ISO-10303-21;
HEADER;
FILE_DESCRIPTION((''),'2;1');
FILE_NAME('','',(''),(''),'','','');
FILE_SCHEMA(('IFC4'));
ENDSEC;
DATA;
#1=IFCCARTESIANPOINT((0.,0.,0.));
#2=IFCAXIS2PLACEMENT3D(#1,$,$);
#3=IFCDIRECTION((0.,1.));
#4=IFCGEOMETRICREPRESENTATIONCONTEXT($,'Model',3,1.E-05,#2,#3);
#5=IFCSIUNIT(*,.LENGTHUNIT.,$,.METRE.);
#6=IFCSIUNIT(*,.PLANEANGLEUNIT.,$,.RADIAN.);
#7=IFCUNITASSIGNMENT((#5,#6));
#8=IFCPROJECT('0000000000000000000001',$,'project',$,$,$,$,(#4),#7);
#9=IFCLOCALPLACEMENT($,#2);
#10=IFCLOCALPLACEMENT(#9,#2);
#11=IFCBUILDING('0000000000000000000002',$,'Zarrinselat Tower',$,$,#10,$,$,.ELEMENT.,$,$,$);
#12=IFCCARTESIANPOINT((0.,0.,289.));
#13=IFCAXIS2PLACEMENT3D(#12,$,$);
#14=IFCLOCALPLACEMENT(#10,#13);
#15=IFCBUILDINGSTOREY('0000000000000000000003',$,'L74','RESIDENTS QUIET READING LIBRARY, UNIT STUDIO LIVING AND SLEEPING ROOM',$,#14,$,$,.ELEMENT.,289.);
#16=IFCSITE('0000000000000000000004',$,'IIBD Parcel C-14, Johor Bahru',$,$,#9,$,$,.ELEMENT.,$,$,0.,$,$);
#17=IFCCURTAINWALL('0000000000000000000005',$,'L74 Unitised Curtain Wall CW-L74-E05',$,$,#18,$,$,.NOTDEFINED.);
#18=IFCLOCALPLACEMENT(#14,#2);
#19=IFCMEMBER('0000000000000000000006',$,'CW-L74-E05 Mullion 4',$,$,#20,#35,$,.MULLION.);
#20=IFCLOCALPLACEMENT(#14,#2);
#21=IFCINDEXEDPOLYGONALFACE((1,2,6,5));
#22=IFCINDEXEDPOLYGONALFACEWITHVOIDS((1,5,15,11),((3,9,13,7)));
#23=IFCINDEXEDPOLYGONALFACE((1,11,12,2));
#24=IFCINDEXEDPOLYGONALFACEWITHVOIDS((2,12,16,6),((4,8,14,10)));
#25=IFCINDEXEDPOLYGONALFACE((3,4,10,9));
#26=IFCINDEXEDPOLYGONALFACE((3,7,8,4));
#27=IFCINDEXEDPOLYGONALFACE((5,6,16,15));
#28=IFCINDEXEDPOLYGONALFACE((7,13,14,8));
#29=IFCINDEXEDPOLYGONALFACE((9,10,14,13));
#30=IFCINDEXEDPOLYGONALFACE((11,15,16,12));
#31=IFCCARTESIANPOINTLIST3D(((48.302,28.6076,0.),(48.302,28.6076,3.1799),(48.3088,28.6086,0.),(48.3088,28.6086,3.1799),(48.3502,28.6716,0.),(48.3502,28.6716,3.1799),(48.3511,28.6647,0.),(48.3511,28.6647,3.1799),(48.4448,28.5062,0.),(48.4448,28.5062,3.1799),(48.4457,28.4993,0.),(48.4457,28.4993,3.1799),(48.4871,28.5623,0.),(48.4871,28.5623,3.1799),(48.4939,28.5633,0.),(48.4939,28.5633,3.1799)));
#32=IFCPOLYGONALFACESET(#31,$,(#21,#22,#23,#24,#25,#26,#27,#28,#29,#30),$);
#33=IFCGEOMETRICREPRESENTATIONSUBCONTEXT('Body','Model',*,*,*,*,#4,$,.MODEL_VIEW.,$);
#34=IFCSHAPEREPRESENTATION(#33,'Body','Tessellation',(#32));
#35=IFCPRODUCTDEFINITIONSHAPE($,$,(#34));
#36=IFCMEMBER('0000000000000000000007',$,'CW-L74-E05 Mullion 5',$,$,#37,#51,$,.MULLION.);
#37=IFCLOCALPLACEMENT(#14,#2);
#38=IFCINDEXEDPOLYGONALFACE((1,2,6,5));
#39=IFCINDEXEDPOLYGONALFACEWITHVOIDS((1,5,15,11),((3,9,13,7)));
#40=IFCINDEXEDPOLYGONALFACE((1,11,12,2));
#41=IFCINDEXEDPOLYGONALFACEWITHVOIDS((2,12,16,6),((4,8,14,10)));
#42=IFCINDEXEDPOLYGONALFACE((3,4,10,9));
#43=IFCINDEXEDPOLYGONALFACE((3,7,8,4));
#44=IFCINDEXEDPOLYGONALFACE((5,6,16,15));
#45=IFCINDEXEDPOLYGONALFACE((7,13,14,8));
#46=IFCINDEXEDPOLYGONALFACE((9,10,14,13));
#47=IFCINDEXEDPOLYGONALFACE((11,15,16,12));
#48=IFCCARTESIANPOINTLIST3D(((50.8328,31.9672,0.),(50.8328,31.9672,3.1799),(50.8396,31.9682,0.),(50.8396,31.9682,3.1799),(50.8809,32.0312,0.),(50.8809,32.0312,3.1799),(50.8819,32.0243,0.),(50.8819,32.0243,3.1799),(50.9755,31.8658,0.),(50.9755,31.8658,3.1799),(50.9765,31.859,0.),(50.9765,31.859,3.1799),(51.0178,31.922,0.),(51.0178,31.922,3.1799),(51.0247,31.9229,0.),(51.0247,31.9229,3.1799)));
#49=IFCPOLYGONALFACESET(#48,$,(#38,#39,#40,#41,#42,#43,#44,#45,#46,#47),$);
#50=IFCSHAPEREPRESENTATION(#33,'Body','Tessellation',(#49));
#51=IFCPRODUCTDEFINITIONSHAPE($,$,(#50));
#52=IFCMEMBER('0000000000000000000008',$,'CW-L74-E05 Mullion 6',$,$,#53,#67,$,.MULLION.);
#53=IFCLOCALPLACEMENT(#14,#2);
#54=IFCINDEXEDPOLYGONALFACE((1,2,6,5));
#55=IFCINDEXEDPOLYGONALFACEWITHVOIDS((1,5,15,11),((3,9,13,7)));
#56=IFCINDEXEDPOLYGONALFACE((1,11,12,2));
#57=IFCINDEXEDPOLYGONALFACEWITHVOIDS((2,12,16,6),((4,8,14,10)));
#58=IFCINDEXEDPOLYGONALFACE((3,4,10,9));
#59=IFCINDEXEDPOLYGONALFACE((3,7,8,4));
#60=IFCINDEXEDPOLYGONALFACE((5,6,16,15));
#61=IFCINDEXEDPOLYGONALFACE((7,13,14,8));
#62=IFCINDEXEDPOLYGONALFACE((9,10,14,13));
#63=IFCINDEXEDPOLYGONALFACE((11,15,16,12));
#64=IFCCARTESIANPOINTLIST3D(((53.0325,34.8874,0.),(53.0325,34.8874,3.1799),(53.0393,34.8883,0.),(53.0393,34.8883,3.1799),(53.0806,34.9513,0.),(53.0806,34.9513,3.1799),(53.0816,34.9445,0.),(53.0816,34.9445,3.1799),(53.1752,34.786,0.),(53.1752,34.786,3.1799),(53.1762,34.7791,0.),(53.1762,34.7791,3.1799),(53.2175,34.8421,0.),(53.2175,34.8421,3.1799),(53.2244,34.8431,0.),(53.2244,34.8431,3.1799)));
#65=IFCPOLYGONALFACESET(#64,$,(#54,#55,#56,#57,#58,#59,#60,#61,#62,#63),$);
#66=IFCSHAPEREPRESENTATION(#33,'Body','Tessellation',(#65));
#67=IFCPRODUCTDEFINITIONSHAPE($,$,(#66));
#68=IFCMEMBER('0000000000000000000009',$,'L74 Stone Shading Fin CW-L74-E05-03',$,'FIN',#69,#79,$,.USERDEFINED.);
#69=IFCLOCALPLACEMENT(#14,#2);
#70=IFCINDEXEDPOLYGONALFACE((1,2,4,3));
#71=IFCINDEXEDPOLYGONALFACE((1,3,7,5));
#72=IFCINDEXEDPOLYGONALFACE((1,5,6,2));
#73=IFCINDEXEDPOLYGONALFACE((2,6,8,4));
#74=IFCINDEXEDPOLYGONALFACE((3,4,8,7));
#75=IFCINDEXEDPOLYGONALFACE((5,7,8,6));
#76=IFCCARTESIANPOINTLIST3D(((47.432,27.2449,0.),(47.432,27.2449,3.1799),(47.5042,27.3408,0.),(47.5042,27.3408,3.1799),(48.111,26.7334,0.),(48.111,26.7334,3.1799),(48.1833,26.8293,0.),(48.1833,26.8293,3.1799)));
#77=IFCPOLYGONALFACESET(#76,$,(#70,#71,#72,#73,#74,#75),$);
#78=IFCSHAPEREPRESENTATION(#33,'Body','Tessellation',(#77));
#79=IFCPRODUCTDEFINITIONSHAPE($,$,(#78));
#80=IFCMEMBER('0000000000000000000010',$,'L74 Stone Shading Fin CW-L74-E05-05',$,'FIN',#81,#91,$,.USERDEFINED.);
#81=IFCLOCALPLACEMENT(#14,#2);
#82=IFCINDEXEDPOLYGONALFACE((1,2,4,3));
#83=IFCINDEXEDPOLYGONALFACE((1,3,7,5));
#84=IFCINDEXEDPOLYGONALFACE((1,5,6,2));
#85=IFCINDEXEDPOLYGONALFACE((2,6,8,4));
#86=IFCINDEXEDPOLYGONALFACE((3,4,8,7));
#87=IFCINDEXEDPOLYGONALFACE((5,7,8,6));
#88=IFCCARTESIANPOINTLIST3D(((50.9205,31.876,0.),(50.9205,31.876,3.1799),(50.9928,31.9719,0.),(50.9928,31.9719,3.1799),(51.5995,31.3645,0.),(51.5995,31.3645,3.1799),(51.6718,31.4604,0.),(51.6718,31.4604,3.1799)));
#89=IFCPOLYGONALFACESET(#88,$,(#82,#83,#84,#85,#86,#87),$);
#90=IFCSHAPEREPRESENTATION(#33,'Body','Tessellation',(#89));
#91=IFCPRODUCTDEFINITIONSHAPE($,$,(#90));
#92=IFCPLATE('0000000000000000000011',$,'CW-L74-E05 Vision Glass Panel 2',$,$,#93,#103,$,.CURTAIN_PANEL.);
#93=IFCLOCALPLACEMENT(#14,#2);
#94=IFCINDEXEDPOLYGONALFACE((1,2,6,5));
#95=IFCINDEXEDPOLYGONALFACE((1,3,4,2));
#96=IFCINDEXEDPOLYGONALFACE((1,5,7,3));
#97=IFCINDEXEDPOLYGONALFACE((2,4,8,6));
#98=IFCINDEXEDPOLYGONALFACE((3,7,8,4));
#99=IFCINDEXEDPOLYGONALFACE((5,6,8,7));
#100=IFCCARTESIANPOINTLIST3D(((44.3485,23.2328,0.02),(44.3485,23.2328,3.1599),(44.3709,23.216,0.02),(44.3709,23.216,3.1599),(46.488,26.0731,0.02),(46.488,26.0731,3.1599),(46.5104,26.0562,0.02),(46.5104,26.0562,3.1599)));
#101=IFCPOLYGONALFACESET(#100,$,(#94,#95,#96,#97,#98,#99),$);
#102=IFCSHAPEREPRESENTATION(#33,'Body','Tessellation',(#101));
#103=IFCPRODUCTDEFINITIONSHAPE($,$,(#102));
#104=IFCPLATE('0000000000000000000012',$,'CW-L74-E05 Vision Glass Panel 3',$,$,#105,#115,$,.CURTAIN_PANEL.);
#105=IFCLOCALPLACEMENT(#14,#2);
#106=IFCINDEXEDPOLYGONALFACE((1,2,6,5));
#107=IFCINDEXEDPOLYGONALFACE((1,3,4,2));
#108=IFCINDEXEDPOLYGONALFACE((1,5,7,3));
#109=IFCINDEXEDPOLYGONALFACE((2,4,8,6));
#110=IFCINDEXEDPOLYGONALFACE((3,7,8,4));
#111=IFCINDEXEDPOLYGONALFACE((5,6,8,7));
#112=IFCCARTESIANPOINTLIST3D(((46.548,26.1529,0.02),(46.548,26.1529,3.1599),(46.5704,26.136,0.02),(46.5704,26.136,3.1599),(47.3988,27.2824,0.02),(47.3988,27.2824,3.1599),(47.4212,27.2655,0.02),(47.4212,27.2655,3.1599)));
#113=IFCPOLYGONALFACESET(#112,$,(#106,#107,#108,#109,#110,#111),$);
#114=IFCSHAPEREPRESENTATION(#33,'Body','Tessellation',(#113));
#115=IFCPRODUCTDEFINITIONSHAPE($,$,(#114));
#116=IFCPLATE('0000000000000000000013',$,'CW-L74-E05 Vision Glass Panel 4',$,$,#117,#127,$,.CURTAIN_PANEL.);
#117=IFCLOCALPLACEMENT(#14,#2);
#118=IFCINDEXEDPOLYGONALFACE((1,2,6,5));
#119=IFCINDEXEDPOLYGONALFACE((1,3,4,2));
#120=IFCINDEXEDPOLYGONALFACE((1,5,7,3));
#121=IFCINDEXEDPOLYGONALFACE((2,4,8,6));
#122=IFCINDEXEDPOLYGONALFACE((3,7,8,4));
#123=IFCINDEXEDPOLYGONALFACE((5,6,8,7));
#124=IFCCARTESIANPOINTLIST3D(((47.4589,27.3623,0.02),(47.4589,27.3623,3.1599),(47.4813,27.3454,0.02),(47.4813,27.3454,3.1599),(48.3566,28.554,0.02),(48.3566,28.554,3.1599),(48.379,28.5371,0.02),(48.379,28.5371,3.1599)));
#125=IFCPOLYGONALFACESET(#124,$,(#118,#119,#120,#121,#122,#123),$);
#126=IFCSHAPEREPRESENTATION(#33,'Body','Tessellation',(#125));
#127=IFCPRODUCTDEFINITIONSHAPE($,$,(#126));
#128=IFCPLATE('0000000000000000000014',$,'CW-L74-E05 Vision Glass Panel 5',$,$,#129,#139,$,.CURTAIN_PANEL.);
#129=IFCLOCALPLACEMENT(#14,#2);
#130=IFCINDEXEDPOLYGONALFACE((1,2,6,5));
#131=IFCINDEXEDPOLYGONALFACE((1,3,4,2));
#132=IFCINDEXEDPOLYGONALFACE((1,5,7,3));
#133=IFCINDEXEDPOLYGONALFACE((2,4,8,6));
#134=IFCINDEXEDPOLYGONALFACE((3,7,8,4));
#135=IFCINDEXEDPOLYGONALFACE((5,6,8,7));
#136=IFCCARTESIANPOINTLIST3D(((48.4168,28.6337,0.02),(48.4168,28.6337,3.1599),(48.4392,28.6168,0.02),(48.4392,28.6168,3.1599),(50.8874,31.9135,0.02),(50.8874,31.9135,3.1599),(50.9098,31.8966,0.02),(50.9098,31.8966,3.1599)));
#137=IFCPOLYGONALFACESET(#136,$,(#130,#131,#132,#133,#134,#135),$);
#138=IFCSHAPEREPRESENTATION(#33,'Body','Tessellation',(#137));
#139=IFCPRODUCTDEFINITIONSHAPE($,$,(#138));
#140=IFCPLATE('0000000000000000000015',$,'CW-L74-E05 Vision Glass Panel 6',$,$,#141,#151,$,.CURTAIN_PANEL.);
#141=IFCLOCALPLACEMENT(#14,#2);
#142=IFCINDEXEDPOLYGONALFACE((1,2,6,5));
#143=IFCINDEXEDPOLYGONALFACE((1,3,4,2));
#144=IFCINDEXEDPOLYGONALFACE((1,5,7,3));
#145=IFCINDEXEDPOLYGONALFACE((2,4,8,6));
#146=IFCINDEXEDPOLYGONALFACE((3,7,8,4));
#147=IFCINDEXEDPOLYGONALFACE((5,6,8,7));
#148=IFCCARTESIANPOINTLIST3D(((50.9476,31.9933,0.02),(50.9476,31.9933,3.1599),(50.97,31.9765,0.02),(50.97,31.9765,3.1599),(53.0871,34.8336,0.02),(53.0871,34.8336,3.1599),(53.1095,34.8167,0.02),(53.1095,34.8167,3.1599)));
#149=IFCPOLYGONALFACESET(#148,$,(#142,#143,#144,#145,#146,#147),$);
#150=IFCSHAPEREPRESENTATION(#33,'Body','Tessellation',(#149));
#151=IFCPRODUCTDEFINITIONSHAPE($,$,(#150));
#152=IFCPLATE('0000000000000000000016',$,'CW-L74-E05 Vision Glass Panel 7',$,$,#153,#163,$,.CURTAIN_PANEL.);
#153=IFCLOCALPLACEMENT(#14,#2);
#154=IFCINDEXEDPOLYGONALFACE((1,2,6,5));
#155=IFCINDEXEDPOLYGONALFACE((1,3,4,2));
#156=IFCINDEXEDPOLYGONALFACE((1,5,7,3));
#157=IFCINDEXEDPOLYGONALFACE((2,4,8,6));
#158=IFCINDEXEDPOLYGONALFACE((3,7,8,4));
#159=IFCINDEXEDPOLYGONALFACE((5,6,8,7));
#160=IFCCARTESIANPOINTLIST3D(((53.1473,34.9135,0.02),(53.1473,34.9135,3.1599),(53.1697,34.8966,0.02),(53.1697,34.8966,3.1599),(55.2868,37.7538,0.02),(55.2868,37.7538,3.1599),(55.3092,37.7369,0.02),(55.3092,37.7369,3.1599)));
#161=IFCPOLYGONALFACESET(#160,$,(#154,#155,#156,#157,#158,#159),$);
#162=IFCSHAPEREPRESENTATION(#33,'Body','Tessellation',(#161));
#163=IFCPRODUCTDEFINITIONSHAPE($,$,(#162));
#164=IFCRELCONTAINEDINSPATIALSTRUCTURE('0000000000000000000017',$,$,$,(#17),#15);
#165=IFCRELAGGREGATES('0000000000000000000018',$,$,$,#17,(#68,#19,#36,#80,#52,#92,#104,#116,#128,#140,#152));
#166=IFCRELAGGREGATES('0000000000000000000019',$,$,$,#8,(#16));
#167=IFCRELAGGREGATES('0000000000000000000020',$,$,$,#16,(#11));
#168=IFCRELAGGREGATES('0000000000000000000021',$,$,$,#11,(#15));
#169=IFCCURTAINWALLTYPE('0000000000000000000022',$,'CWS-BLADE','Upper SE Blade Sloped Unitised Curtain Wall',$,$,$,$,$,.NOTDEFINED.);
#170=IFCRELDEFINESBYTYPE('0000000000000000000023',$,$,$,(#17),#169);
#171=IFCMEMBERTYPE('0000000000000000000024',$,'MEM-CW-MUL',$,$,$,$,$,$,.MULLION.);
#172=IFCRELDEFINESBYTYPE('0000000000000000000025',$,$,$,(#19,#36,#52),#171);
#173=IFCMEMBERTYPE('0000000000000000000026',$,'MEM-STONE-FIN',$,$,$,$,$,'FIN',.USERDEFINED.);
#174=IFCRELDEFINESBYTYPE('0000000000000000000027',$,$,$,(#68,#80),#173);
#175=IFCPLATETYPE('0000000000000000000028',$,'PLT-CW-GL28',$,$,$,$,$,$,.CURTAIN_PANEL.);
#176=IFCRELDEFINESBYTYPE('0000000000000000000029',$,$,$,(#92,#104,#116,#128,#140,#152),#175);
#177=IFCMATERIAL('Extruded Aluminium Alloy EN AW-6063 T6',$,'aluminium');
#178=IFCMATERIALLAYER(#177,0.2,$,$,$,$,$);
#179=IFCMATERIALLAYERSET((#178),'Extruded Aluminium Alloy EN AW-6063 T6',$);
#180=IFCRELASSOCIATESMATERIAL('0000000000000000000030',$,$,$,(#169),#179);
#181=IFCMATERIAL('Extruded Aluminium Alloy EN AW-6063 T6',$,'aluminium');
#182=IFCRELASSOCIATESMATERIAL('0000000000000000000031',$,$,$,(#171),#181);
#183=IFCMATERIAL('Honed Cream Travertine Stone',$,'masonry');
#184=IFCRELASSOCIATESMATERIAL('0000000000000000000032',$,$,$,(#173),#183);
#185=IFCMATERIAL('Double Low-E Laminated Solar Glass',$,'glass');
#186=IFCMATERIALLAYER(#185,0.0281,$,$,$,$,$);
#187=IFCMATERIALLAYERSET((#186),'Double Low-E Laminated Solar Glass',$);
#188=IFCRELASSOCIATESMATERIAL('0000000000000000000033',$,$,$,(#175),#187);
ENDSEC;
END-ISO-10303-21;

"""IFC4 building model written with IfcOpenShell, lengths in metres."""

from ifc_helpers import new_model, si_unit, direction, frame, origin, origin_2d, place, context, subcontext, project, spatial, rectangle, hollow_rectangle, extrude, material, layer, layer_set, material_profile, profile_set, type_object, element, aggregate, save


model = new_model("IFC4")

# Units and contexts
model_context = context("Model", 3, precision=1e-05, world=origin(), true_north=direction((0.0, 1.0)))
body_context = subcontext(model_context, "Body", "Model", "MODEL_VIEW")
ifc_project = project(units=[si_unit("LENGTHUNIT", "METRE"), si_unit("PLANEANGLEUNIT", "RADIAN")], contexts=[model_context])

# Site, building, storey
site_placement = place(None, origin())
site = spatial("IfcSite", under=ifc_project, at=site_placement, Name="IIBD Parcel C-14, Johor Bahru", CompositionType="ELEMENT", RefElevation=0.0)
building_placement = place(site_placement, origin())
building = spatial("IfcBuilding", under=site, at=building_placement, Name="Zarrinselat Tower", CompositionType="ELEMENT")
storey_placement = place(building_placement, frame((0.0, 0.0, 289.0)))
storey = spatial("IfcBuildingStorey", under=building, at=storey_placement, Name="L74", Description="RESIDENTS QUIET READING LIBRARY, UNIT STUDIO LIVING AND SLEEPING ROOM", CompositionType="ELEMENT", Elevation=289.0)

# Curtain wall, members, plates
ifc_material_1 = material(Name="Extruded Aluminium Alloy EN AW-6063 T6", Category="aluminium")
ifc_layer_1 = layer(ifc_material_1, 0.2)
ifc_layer_set_1 = layer_set([ifc_layer_1], Name="Extruded Aluminium Alloy EN AW-6063 T6")
curtain_wall_type = type_object("IfcCurtainWallType", Name="CWS-BLADE", Description="Upper SE Blade Sloped Unitised Curtain Wall", PredefinedType="NOTDEFINED", material=ifc_layer_set_1)
curtain_wall_placement = place(storey_placement, origin())
curtain_wall = element("IfcCurtainWall", 1, at=curtain_wall_placement, inside=storey, type_object=curtain_wall_type, Name="L74 Unitised Curtain Wall CW-L74-E05", PredefinedType="NOTDEFINED")
ifc_material_2 = material(Name="Extruded Aluminium Alloy EN AW-6063 T6", Category="aluminium")
ifc_material_profile_1 = material_profile(ifc_material_2, hollow_rectangle(XDim=0.0801, YDim=0.1799, WallThickness=0.0049, at=origin_2d()), Name="RHS 180x80x5")
ifc_profile_set_1 = profile_set([ifc_material_profile_1], Name="Extruded Aluminium Alloy EN AW-6063 T6")
member_type_1 = type_object("IfcMemberType", Name="MEM-CW-MUL", PredefinedType="MULLION", material=ifc_profile_set_1)
member_1_placement = place(storey_placement, frame((48.3979, 28.5854, 0.0), z_axis=(0.0, 0.0, 1.0), x_axis=(0.601673, 0.798743, 0.0)))
member_1 = element("IfcMember", 2, at=member_1_placement, type_object=member_type_1, Name="CW-L74-E05 Mullion 4", PredefinedType="MULLION", context=body_context, shape_type="SweptSolid", body=[
    extrude(hollow_rectangle(XDim=0.0801, YDim=0.1799, WallThickness=0.0049, at=origin_2d()), origin(), (0.0, 0.0, 1.0), 3.1799),
])
member_2_placement = place(storey_placement, frame((50.9287, 31.9451, 0.0), z_axis=(0.0, 0.0, 1.0), x_axis=(0.601673, 0.798743, 0.0)))
member_2 = element("IfcMember", 3, at=member_2_placement, type_object=member_type_1, Name="CW-L74-E05 Mullion 5", PredefinedType="MULLION", context=body_context, shape_type="SweptSolid", body=[
    extrude(hollow_rectangle(XDim=0.0801, YDim=0.1799, WallThickness=0.0049, at=origin_2d()), origin(), (0.0, 0.0, 1.0), 3.1799),
])
member_3_placement = place(storey_placement, frame((53.1284, 34.8652, 0.0), z_axis=(0.0, 0.0, 1.0), x_axis=(0.601673, 0.798743, 0.0)))
member_3 = element("IfcMember", 4, at=member_3_placement, type_object=member_type_1, Name="CW-L74-E05 Mullion 6", PredefinedType="MULLION", context=body_context, shape_type="SweptSolid", body=[
    extrude(hollow_rectangle(XDim=0.0801, YDim=0.1799, WallThickness=0.0049, at=origin_2d()), origin(), (0.0, 0.0, 1.0), 3.1799),
])
ifc_material_3 = material(Name="Honed Cream Travertine Stone", Category="masonry")
ifc_material_profile_2 = material_profile(ifc_material_3, rectangle(XDim=0.1201, YDim=0.8501, at=origin_2d()), Name="FIN 850x120")
ifc_profile_set_2 = profile_set([ifc_material_profile_2], Name="Honed Cream Travertine Stone")
member_type_2 = type_object("IfcMemberType", Name="MEM-STONE-FIN", ElementType="FIN", PredefinedType="USERDEFINED", material=ifc_profile_set_2)
member_4_placement = place(storey_placement, frame((47.8076, 27.0371, 0.0), z_axis=(0.0, 0.0, 1.0), x_axis=(-0.601673, -0.798743, 0.0)))
member_4 = element("IfcMember", 5, at=member_4_placement, type_object=member_type_2, Name="L74 Stone Shading Fin CW-L74-E05-03", ObjectType="FIN", PredefinedType="USERDEFINED", context=body_context, shape_type="SweptSolid", body=[
    extrude(rectangle(XDim=0.1201, YDim=0.8501, at=origin_2d()), origin(), (0.0, 0.0, 1.0), 3.1799),
])
member_5_placement = place(storey_placement, frame((51.2961, 31.6682, 0.0), z_axis=(0.0, 0.0, 1.0), x_axis=(-0.601673, -0.798743, 0.0)))
member_5 = element("IfcMember", 6, at=member_5_placement, type_object=member_type_2, Name="L74 Stone Shading Fin CW-L74-E05-05", ObjectType="FIN", PredefinedType="USERDEFINED", context=body_context, shape_type="SweptSolid", body=[
    extrude(rectangle(XDim=0.1201, YDim=0.8501, at=origin_2d()), origin(), (0.0, 0.0, 1.0), 3.1799),
])
ifc_material_4 = material(Name="Double Low-E Laminated Solar Glass", Category="glass")
ifc_layer_2 = layer(ifc_material_4, 0.0281)
ifc_layer_set_2 = layer_set([ifc_layer_2], Name="Double Low-E Laminated Solar Glass")
plate_type = type_object("IfcPlateType", Name="PLT-CW-GL28", PredefinedType="CURTAIN_PANEL", material=ifc_layer_set_2)
plate_1_placement = place(storey_placement, frame((45.4294, 24.6445, 0.02), z_axis=(0.0, 0.0, 1.0), x_axis=(0.601673, 0.798743, 0.0)))
plate_1 = element("IfcPlate", 7, at=plate_1_placement, type_object=plate_type, Name="CW-L74-E05 Vision Glass Panel 2", PredefinedType="CURTAIN_PANEL", context=body_context, shape_type="SweptSolid", body=[
    extrude(rectangle(XDim=3.5559, YDim=0.0281, at=origin_2d()), origin(), (0.0, 0.0, 1.0), 3.1399),
])
plate_2_placement = place(storey_placement, frame((46.9846, 26.7092, 0.02), z_axis=(0.0, 0.0, 1.0), x_axis=(0.601673, 0.798743, 0.0)))
plate_2 = element("IfcPlate", 8, at=plate_2_placement, type_object=plate_type, Name="CW-L74-E05 Vision Glass Panel 3", PredefinedType="CURTAIN_PANEL", context=body_context, shape_type="SweptSolid", body=[
    extrude(rectangle(XDim=1.4141, YDim=0.0281, at=origin_2d()), origin(), (0.0, 0.0, 1.0), 3.1399),
])
plate_3_placement = place(storey_placement, frame((47.9189, 27.9497, 0.02), z_axis=(0.0, 0.0, 1.0), x_axis=(0.601673, 0.798743, 0.0)))
plate_3 = element("IfcPlate", 9, at=plate_3_placement, type_object=plate_type, Name="CW-L74-E05 Vision Glass Panel 4", PredefinedType="CURTAIN_PANEL", context=body_context, shape_type="SweptSolid", body=[
    extrude(rectangle(XDim=1.4919, YDim=0.0281, at=origin_2d()), origin(), (0.0, 0.0, 1.0), 3.1399),
])
plate_4_placement = place(storey_placement, frame((49.6633, 30.2651, 0.02), z_axis=(0.0, 0.0, 1.0), x_axis=(0.601673, 0.798743, 0.0)))
plate_4 = element("IfcPlate", 10, at=plate_4_placement, type_object=plate_type, Name="CW-L74-E05 Vision Glass Panel 5", PredefinedType="CURTAIN_PANEL", context=body_context, shape_type="SweptSolid", body=[
    extrude(rectangle(XDim=4.1062, YDim=0.0281, at=origin_2d()), origin(), (0.0, 0.0, 1.0), 3.1399),
])
plate_5_placement = place(storey_placement, frame((52.0286, 33.405, 0.02), z_axis=(0.0, 0.0, 1.0), x_axis=(0.601673, 0.798743, 0.0)))
plate_5 = element("IfcPlate", 11, at=plate_5_placement, type_object=plate_type, Name="CW-L74-E05 Vision Glass Panel 6", PredefinedType="CURTAIN_PANEL", context=body_context, shape_type="SweptSolid", body=[
    extrude(rectangle(XDim=3.5559, YDim=0.0281, at=origin_2d()), origin(), (0.0, 0.0, 1.0), 3.1399),
])
plate_6_placement = place(storey_placement, frame((54.2283, 36.3252, 0.02), z_axis=(0.0, 0.0, 1.0), x_axis=(0.601673, 0.798743, 0.0)))
plate_6 = element("IfcPlate", 12, at=plate_6_placement, type_object=plate_type, Name="CW-L74-E05 Vision Glass Panel 7", PredefinedType="CURTAIN_PANEL", context=body_context, shape_type="SweptSolid", body=[
    extrude(rectangle(XDim=3.5559, YDim=0.0281, at=origin_2d()), origin(), (0.0, 0.0, 1.0), 3.1399),
])
aggregate(curtain_wall, [member_4, member_1, member_2, member_5, member_3, plate_1, plate_2, plate_3, plate_4, plate_5, plate_6])

save(model, "model.ifc")
